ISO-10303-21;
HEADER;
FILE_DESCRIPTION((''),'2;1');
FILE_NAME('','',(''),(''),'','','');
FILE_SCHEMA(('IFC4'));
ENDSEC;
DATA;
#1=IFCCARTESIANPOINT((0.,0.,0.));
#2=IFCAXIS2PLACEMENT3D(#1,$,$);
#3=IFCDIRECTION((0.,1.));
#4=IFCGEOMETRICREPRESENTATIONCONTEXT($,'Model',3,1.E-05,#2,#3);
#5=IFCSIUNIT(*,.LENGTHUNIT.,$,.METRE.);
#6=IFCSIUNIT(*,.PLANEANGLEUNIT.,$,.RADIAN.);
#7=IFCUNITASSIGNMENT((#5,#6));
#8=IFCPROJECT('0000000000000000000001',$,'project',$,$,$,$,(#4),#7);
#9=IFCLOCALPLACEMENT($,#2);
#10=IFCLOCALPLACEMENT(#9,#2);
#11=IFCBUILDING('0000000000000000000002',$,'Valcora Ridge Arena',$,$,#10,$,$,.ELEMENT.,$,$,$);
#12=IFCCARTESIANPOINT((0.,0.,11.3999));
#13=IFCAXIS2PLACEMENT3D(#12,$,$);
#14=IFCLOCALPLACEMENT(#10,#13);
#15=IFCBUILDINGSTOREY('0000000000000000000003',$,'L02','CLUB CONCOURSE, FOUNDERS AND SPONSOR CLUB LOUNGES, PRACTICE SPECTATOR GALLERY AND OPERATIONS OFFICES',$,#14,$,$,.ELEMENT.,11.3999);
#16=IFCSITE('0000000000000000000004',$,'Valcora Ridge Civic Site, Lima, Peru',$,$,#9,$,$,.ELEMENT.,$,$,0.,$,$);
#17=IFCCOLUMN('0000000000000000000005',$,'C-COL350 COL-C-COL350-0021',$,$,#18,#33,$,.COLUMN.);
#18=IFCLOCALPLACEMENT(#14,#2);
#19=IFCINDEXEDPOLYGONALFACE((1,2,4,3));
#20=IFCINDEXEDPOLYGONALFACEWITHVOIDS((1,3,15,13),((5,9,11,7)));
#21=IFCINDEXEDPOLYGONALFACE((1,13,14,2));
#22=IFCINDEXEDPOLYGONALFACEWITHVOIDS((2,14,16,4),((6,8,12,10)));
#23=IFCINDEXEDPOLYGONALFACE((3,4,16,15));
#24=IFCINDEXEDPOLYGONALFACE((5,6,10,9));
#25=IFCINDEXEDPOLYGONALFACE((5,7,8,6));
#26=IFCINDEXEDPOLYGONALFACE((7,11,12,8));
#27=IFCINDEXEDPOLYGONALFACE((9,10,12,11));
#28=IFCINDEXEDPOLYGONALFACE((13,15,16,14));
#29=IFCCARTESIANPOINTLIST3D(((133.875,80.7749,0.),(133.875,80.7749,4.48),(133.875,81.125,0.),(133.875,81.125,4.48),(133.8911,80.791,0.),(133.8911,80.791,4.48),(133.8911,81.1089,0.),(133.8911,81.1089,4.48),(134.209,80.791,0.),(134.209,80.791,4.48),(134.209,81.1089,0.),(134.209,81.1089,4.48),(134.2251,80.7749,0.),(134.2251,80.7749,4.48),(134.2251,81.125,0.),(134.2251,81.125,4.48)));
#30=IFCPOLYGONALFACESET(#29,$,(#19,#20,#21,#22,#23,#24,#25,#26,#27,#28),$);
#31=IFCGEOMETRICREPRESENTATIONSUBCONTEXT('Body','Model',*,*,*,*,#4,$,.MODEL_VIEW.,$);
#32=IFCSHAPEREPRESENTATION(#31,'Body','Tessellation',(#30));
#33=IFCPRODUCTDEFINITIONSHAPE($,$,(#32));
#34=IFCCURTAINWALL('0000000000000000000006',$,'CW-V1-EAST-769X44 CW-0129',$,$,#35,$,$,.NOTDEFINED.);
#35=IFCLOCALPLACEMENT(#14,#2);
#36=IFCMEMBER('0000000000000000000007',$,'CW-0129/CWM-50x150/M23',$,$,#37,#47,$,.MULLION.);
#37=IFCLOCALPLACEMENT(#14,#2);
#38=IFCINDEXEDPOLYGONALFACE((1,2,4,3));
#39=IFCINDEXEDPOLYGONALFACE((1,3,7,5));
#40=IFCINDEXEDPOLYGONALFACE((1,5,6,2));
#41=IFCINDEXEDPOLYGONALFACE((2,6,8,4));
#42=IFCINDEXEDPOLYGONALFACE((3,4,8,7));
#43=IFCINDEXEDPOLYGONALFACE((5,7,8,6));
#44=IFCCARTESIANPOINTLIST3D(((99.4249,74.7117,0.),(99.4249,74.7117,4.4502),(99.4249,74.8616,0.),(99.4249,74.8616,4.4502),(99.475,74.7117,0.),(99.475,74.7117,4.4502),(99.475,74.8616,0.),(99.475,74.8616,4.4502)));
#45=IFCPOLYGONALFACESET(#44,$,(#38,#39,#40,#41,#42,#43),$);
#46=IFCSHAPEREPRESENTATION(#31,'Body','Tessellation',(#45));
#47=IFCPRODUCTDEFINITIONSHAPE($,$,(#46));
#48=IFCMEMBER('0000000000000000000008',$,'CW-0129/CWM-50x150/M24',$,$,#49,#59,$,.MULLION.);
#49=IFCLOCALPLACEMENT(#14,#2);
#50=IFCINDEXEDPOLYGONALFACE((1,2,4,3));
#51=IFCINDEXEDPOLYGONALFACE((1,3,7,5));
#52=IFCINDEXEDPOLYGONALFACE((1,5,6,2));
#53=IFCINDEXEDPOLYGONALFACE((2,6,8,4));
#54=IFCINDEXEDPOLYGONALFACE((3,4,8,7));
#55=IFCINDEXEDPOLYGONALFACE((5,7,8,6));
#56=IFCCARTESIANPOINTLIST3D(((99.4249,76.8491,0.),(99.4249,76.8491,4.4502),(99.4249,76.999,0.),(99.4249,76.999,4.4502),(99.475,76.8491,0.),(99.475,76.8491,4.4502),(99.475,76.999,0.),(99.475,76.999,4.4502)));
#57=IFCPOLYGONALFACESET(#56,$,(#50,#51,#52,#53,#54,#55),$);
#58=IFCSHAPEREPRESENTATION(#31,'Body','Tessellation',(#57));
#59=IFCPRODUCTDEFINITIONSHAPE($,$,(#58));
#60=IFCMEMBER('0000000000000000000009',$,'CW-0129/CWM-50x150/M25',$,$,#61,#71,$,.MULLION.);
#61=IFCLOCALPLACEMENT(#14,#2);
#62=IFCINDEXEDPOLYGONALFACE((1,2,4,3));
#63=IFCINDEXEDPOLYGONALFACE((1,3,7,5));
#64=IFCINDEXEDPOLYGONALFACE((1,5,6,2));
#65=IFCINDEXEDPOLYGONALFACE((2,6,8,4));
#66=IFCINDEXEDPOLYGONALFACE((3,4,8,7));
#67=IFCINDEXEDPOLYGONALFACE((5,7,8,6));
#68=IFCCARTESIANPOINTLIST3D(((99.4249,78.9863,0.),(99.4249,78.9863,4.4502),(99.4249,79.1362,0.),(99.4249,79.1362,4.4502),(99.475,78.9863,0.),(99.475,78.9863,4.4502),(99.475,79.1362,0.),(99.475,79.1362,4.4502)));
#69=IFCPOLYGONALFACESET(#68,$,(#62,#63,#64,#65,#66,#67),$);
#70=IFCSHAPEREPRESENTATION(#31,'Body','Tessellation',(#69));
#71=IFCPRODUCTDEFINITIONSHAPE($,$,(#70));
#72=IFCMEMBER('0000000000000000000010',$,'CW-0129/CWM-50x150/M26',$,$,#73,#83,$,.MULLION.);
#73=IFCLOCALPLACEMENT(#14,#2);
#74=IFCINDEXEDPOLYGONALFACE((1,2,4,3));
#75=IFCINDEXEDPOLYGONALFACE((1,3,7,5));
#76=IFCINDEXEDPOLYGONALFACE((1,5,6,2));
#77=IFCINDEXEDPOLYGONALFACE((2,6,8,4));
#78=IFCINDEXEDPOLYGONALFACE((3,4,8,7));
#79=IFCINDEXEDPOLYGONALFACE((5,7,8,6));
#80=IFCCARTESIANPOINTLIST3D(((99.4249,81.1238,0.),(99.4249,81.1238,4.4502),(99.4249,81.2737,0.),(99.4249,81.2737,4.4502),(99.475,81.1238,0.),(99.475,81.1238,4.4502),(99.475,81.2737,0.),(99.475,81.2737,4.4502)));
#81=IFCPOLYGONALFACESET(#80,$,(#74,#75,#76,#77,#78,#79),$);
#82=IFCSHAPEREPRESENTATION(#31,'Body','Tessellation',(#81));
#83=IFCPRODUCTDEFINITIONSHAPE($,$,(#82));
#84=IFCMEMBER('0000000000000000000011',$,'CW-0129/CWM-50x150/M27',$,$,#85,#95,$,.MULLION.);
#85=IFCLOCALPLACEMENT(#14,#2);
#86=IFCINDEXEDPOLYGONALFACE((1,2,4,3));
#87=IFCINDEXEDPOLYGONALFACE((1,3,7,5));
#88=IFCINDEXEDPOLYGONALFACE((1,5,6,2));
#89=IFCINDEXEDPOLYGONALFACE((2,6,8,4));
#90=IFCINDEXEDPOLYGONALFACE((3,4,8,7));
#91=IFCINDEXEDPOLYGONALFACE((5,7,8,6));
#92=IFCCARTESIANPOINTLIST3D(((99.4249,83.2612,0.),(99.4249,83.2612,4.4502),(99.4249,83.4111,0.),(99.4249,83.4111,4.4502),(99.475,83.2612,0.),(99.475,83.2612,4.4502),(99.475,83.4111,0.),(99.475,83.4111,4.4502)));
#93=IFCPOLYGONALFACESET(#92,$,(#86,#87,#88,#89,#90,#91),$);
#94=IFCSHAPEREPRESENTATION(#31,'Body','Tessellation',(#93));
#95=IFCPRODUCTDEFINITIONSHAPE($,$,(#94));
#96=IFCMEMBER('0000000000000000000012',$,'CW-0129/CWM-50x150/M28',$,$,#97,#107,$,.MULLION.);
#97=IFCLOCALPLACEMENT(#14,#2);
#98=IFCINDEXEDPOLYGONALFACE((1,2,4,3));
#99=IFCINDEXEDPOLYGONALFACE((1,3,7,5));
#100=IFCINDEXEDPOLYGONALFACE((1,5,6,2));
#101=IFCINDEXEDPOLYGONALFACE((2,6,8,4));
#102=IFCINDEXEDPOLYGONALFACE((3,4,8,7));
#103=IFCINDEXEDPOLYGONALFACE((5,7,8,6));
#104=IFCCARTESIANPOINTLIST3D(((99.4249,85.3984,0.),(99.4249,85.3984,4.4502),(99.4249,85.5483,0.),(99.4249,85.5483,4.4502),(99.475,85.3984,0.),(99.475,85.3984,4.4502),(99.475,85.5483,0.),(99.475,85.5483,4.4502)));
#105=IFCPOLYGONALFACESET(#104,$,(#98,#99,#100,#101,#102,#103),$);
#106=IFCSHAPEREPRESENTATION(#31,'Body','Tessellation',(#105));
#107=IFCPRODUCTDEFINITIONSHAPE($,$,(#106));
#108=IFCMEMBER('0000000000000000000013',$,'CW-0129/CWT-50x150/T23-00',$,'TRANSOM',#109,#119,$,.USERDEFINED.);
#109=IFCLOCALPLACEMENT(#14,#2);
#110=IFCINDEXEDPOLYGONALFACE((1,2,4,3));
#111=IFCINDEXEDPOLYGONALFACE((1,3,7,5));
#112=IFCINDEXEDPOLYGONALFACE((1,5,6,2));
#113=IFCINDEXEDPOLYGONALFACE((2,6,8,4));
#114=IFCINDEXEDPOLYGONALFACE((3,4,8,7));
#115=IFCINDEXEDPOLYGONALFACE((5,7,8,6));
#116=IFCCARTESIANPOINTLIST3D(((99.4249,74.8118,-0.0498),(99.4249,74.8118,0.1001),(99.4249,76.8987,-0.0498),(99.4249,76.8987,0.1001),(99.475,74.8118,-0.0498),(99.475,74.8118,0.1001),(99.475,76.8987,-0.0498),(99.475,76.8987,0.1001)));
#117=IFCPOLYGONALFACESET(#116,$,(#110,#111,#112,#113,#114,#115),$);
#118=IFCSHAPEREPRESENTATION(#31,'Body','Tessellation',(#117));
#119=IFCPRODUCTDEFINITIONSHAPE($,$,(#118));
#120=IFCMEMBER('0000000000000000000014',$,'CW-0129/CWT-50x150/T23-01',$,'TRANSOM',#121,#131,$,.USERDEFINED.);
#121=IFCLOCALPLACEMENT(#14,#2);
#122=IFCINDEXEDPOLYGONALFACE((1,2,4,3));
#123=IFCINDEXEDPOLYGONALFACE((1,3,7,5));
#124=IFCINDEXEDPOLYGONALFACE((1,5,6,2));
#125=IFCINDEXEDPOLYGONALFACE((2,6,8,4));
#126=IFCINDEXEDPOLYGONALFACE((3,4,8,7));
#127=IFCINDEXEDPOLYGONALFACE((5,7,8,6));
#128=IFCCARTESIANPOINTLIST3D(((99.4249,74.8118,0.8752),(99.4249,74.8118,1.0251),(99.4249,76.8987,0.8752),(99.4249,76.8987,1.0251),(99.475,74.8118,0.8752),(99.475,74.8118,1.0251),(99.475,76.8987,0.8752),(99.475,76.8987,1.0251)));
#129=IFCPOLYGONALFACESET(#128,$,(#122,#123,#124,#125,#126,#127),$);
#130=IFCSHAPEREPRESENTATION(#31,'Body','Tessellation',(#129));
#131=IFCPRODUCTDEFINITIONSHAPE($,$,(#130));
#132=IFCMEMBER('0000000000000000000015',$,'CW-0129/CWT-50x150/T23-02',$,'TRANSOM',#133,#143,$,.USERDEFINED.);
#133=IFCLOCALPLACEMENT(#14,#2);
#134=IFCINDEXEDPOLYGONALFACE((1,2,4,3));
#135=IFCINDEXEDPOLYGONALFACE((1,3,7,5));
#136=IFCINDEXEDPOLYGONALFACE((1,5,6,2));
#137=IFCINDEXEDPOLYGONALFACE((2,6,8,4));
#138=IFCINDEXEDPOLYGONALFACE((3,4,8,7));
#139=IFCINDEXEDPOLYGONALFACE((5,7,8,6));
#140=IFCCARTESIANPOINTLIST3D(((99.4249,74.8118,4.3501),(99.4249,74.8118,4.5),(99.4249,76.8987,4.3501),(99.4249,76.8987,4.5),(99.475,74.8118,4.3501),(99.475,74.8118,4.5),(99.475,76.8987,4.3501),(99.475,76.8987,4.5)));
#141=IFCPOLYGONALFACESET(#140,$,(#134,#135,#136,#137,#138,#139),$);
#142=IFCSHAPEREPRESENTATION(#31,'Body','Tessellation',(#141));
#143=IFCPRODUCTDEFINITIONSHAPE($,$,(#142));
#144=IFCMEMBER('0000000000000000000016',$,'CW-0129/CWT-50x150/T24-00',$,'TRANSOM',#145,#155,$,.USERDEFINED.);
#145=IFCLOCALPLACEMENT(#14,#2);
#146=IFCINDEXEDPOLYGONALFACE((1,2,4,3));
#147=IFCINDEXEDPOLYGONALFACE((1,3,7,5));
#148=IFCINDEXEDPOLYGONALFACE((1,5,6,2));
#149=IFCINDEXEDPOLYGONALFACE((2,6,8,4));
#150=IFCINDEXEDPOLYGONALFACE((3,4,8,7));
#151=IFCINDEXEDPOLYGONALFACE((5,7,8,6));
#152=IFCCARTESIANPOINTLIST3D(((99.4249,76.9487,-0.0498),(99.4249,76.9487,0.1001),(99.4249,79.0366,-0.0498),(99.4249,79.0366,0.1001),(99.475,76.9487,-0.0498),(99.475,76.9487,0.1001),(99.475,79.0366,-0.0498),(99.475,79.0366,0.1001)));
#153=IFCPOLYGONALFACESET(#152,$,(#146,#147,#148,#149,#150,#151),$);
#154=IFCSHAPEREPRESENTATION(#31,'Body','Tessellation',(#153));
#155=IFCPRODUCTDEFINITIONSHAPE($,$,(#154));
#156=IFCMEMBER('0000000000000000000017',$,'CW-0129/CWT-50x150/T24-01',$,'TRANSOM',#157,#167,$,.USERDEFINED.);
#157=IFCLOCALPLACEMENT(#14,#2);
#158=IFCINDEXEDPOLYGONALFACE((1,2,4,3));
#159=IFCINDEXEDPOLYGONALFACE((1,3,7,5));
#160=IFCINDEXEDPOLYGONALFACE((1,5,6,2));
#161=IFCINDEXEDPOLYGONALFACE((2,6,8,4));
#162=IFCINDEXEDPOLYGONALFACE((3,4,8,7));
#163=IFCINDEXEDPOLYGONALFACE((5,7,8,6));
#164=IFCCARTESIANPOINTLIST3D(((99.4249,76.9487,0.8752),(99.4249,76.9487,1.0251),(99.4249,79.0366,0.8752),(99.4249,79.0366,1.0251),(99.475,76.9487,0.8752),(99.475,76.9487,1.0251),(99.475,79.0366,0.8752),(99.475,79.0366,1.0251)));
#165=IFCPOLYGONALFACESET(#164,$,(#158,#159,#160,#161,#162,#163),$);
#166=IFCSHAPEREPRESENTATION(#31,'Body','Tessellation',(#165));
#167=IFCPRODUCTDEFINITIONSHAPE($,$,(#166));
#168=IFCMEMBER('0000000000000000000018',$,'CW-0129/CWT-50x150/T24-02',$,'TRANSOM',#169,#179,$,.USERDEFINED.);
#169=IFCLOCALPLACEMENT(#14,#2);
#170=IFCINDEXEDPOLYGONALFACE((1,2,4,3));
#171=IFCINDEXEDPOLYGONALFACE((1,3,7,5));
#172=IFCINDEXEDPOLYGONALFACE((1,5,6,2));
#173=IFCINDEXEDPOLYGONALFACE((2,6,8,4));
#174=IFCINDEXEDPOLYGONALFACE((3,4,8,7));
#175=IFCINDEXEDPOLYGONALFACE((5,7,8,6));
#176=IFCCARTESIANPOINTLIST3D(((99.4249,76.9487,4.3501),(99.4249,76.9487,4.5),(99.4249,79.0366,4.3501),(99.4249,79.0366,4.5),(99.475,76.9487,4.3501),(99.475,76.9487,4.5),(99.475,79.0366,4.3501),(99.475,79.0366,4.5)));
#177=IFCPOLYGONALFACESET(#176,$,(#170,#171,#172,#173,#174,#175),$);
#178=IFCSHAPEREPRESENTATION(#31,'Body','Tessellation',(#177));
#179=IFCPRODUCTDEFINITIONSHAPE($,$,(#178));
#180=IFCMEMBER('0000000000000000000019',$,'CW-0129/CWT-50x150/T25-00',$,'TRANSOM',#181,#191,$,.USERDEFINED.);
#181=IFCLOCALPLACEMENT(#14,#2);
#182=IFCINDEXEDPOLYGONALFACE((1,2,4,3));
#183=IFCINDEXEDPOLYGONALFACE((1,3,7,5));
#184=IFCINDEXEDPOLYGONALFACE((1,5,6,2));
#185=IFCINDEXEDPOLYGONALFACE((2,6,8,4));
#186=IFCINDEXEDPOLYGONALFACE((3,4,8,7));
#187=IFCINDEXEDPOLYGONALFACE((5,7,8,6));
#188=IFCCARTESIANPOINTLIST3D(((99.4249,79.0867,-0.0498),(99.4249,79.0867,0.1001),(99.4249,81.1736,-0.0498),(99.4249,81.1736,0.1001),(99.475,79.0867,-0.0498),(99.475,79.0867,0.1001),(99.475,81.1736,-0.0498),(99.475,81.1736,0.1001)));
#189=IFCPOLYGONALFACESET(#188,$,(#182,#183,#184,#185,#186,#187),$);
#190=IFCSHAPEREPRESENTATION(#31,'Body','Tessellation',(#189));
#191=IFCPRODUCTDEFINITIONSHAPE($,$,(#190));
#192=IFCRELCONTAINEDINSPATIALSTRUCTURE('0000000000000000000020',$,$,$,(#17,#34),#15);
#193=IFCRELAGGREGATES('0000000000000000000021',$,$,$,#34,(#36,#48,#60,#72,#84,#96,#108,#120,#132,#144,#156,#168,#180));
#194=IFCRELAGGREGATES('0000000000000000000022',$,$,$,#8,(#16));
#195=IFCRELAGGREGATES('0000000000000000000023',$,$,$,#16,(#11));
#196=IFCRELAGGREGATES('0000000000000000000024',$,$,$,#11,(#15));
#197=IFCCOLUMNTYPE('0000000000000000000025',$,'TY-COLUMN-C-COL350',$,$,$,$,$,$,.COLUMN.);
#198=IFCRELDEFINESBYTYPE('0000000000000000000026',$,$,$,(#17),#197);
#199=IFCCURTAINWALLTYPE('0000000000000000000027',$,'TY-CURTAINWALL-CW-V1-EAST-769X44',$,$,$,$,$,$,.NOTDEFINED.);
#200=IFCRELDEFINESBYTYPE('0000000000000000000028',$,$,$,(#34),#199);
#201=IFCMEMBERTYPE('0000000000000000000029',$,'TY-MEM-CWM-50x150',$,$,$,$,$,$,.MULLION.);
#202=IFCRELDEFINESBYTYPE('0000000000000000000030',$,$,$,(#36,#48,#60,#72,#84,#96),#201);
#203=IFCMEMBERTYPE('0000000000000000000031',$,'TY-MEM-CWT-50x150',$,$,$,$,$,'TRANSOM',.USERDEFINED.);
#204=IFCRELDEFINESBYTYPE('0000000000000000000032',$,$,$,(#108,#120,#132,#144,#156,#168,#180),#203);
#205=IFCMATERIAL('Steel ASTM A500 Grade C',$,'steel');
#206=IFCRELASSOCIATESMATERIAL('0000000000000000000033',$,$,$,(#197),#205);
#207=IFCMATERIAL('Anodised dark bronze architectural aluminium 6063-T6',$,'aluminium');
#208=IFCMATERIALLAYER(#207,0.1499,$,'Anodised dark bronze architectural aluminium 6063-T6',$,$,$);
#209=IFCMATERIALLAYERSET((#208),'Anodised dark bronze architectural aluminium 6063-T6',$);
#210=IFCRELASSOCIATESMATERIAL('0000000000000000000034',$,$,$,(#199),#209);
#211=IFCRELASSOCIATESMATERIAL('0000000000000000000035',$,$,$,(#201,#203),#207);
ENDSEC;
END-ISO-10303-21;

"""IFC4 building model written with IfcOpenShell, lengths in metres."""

from ifc_helpers import new_model, si_unit, direction, frame, origin, origin_2d, place, context, subcontext, project, spatial, rectangle, hollow_rectangle, extrude, material, layer, layer_set, material_profile, profile_set, type_object, element, aggregate, save


model = new_model("IFC4")

# Units and contexts
model_context = context("Model", 3, precision=1e-05, world=origin(), true_north=direction((0.0, 1.0)))
body_context = subcontext(model_context, "Body", "Model", "MODEL_VIEW")
ifc_project = project(units=[si_unit("LENGTHUNIT", "METRE"), si_unit("PLANEANGLEUNIT", "RADIAN")], contexts=[model_context])

# Site, building, storey
site_placement = place(None, origin())
site = spatial("IfcSite", under=ifc_project, at=site_placement, Name="Valcora Ridge Civic Site, Lima, Peru", CompositionType="ELEMENT", RefElevation=0.0)
building_placement = place(site_placement, origin())
building = spatial("IfcBuilding", under=site, at=building_placement, Name="Valcora Ridge Arena", CompositionType="ELEMENT")
storey_placement = place(building_placement, frame((0.0, 0.0, 11.3999)))
storey = spatial("IfcBuildingStorey", under=building, at=storey_placement, Name="L02", Description="CLUB CONCOURSE, FOUNDERS AND SPONSOR CLUB LOUNGES, PRACTICE SPECTATOR GALLERY AND OPERATIONS OFFICES", CompositionType="ELEMENT", Elevation=11.3999)

# Column
ifc_material_1 = material(Name="Steel ASTM A500 Grade C", Category="steel")
ifc_material_profile_1 = material_profile(ifc_material_1, hollow_rectangle(XDim=0.3501, YDim=0.3501, WallThickness=0.0161, at=origin_2d()), Name="HSS350X350X16")
ifc_profile_set_1 = profile_set([ifc_material_profile_1], Name="Steel ASTM A500 Grade C")
column_type = type_object("IfcColumnType", Name="TY-COLUMN-C-COL350", PredefinedType="COLUMN", material=ifc_profile_set_1)
column_placement = place(storey_placement, frame((134.05, 80.95, 0.0), z_axis=(0.0, 0.0, 1.0), x_axis=(1.0, 0.0, 0.0)))
element("IfcColumn", 1, at=column_placement, inside=storey, type_object=column_type, Name="C-COL350 COL-C-COL350-0021", PredefinedType="COLUMN", context=body_context, shape_type="SweptSolid", body=[
    extrude(hollow_rectangle(XDim=0.3501, YDim=0.3501, WallThickness=0.0161, at=origin_2d()), origin(), (0.0, 0.0, 1.0), 4.48),
])

# Curtain wall, members
ifc_material_2 = material(Name="Anodised dark bronze architectural aluminium 6063-T6", Category="aluminium")
ifc_layer_1 = layer(ifc_material_2, 0.1499, Name="Anodised dark bronze architectural aluminium 6063-T6")
ifc_layer_set_1 = layer_set([ifc_layer_1], Name="Anodised dark bronze architectural aluminium 6063-T6")
curtain_wall_type = type_object("IfcCurtainWallType", Name="TY-CURTAINWALL-CW-V1-EAST-769X44", PredefinedType="NOTDEFINED", material=ifc_layer_set_1)
curtain_wall_placement = place(storey_placement, origin())
curtain_wall = element("IfcCurtainWall", 2, at=curtain_wall_placement, inside=storey, type_object=curtain_wall_type, Name="CW-V1-EAST-769X44 CW-0129", PredefinedType="NOTDEFINED")
ifc_material_profile_2 = material_profile(ifc_material_2, rectangle(XDim=0.05, YDim=0.1499, at=origin_2d()), Name="ALU MULLION 50x150")
ifc_profile_set_2 = profile_set([ifc_material_profile_2], Name="Anodised dark bronze architectural aluminium 6063-T6")
member_type_1 = type_object("IfcMemberType", Name="TY-MEM-CWM-50x150", PredefinedType="MULLION", material=ifc_profile_set_2)
member_1_placement = place(storey_placement, frame((99.45, 74.7866, 0.0), z_axis=(0.0, 0.0, 1.0), x_axis=(-1.0, 0.0, 0.0)))
member_1 = element("IfcMember", 3, at=member_1_placement, type_object=member_type_1, Name="CW-0129/CWM-50x150/M23", PredefinedType="MULLION", context=body_context, shape_type="SweptSolid", body=[
    extrude(rectangle(XDim=0.05, YDim=0.1499, at=origin_2d()), origin(), (0.0, 0.0, 1.0), 4.4502),
])
member_2_placement = place(storey_placement, frame((99.45, 76.9241, 0.0), z_axis=(0.0, 0.0, 1.0), x_axis=(-1.0, 0.0, 0.0)))
member_2 = element("IfcMember", 4, at=member_2_placement, type_object=member_type_1, Name="CW-0129/CWM-50x150/M24", PredefinedType="MULLION", context=body_context, shape_type="SweptSolid", body=[
    extrude(rectangle(XDim=0.05, YDim=0.1499, at=origin_2d()), origin(), (0.0, 0.0, 1.0), 4.4502),
])
member_3_placement = place(storey_placement, frame((99.45, 79.0613, 0.0), z_axis=(0.0, 0.0, 1.0), x_axis=(-1.0, 0.0, 0.0)))
member_3 = element("IfcMember", 5, at=member_3_placement, type_object=member_type_1, Name="CW-0129/CWM-50x150/M25", PredefinedType="MULLION", context=body_context, shape_type="SweptSolid", body=[
    extrude(rectangle(XDim=0.05, YDim=0.1499, at=origin_2d()), origin(), (0.0, 0.0, 1.0), 4.4502),
])
member_4_placement = place(storey_placement, frame((99.45, 81.1987, 0.0), z_axis=(0.0, 0.0, 1.0), x_axis=(-1.0, 0.0, 0.0)))
member_4 = element("IfcMember", 6, at=member_4_placement, type_object=member_type_1, Name="CW-0129/CWM-50x150/M26", PredefinedType="MULLION", context=body_context, shape_type="SweptSolid", body=[
    extrude(rectangle(XDim=0.05, YDim=0.1499, at=origin_2d()), origin(), (0.0, 0.0, 1.0), 4.4502),
])
member_5_placement = place(storey_placement, frame((99.45, 83.3362, 0.0), z_axis=(0.0, 0.0, 1.0), x_axis=(-1.0, 0.0, 0.0)))
member_5 = element("IfcMember", 7, at=member_5_placement, type_object=member_type_1, Name="CW-0129/CWM-50x150/M27", PredefinedType="MULLION", context=body_context, shape_type="SweptSolid", body=[
    extrude(rectangle(XDim=0.05, YDim=0.1499, at=origin_2d()), origin(), (0.0, 0.0, 1.0), 4.4502),
])
member_6_placement = place(storey_placement, frame((99.45, 85.4734, 0.0), z_axis=(0.0, 0.0, 1.0), x_axis=(-1.0, 0.0, 0.0)))
member_6 = element("IfcMember", 8, at=member_6_placement, type_object=member_type_1, Name="CW-0129/CWM-50x150/M28", PredefinedType="MULLION", context=body_context, shape_type="SweptSolid", body=[
    extrude(rectangle(XDim=0.05, YDim=0.1499, at=origin_2d()), origin(), (0.0, 0.0, 1.0), 4.4502),
])
ifc_material_profile_3 = material_profile(ifc_material_2, rectangle(XDim=0.05, YDim=0.1499, at=origin_2d()), Name="ALU TRANSOM 50x150")
ifc_profile_set_3 = profile_set([ifc_material_profile_3], Name="Anodised dark bronze architectural aluminium 6063-T6")
member_type_2 = type_object("IfcMemberType", Name="TY-MEM-CWT-50x150", ElementType="TRANSOM", PredefinedType="USERDEFINED", material=ifc_profile_set_3)
member_7_placement = place(storey_placement, frame((99.45, 74.8118, 0.0251), z_axis=(0.0, 1.0, 0.0), x_axis=(-1.0, 0.0, 0.0)))
member_7 = element("IfcMember", 9, at=member_7_placement, type_object=member_type_2, Name="CW-0129/CWT-50x150/T23-00", ObjectType="TRANSOM", PredefinedType="USERDEFINED", context=body_context, shape_type="SweptSolid", body=[
    extrude(rectangle(XDim=0.05, YDim=0.1499, at=origin_2d()), origin(), (0.0, 0.0, 1.0), 2.0869),
])
member_8_placement = place(storey_placement, frame((99.45, 74.8118, 0.9502), z_axis=(0.0, 1.0, 0.0), x_axis=(-1.0, 0.0, 0.0)))
member_8 = element("IfcMember", 10, at=member_8_placement, type_object=member_type_2, Name="CW-0129/CWT-50x150/T23-01", ObjectType="TRANSOM", PredefinedType="USERDEFINED", context=body_context, shape_type="SweptSolid", body=[
    extrude(rectangle(XDim=0.05, YDim=0.1499, at=origin_2d()), origin(), (0.0, 0.0, 1.0), 2.0869),
])
member_9_placement = place(storey_placement, frame((99.45, 74.8118, 4.425), z_axis=(0.0, 1.0, 0.0), x_axis=(-1.0, 0.0, 0.0)))
member_9 = element("IfcMember", 11, at=member_9_placement, type_object=member_type_2, Name="CW-0129/CWT-50x150/T23-02", ObjectType="TRANSOM", PredefinedType="USERDEFINED", context=body_context, shape_type="SweptSolid", body=[
    extrude(rectangle(XDim=0.05, YDim=0.1499, at=origin_2d()), origin(), (0.0, 0.0, 1.0), 2.0869),
])
member_10_placement = place(storey_placement, frame((99.45, 76.9487, 0.0251), z_axis=(0.0, 1.0, 0.0), x_axis=(-1.0, 0.0, 0.0)))
member_10 = element("IfcMember", 12, at=member_10_placement, type_object=member_type_2, Name="CW-0129/CWT-50x150/T24-00", ObjectType="TRANSOM", PredefinedType="USERDEFINED", context=body_context, shape_type="SweptSolid", body=[
    extrude(rectangle(XDim=0.05, YDim=0.1499, at=origin_2d()), origin(), (0.0, 0.0, 1.0), 2.0879),
])
member_11_placement = place(storey_placement, frame((99.45, 76.9487, 0.9502), z_axis=(0.0, 1.0, 0.0), x_axis=(-1.0, 0.0, 0.0)))
member_11 = element("IfcMember", 13, at=member_11_placement, type_object=member_type_2, Name="CW-0129/CWT-50x150/T24-01", ObjectType="TRANSOM", PredefinedType="USERDEFINED", context=body_context, shape_type="SweptSolid", body=[
    extrude(rectangle(XDim=0.05, YDim=0.1499, at=origin_2d()), origin(), (0.0, 0.0, 1.0), 2.0879),
])
member_12_placement = place(storey_placement, frame((99.45, 76.9487, 4.425), z_axis=(0.0, 1.0, 0.0), x_axis=(-1.0, 0.0, 0.0)))
member_12 = element("IfcMember", 14, at=member_12_placement, type_object=member_type_2, Name="CW-0129/CWT-50x150/T24-02", ObjectType="TRANSOM", PredefinedType="USERDEFINED", context=body_context, shape_type="SweptSolid", body=[
    extrude(rectangle(XDim=0.05, YDim=0.1499, at=origin_2d()), origin(), (0.0, 0.0, 1.0), 2.0879),
])
member_13_placement = place(storey_placement, frame((99.45, 79.0867, 0.0251), z_axis=(0.0, 1.0, 0.0), x_axis=(-1.0, 0.0, 0.0)))
member_13 = element("IfcMember", 15, at=member_13_placement, type_object=member_type_2, Name="CW-0129/CWT-50x150/T25-00", ObjectType="TRANSOM", PredefinedType="USERDEFINED", context=body_context, shape_type="SweptSolid", body=[
    extrude(rectangle(XDim=0.05, YDim=0.1499, at=origin_2d()), origin(), (0.0, 0.0, 1.0), 2.0869),
])

aggregate(curtain_wall, [member_1, member_2, member_3, member_4, member_5, member_6, member_7, member_8, member_9, member_10, member_11, member_12, member_13])

save(model, "model.ifc")
